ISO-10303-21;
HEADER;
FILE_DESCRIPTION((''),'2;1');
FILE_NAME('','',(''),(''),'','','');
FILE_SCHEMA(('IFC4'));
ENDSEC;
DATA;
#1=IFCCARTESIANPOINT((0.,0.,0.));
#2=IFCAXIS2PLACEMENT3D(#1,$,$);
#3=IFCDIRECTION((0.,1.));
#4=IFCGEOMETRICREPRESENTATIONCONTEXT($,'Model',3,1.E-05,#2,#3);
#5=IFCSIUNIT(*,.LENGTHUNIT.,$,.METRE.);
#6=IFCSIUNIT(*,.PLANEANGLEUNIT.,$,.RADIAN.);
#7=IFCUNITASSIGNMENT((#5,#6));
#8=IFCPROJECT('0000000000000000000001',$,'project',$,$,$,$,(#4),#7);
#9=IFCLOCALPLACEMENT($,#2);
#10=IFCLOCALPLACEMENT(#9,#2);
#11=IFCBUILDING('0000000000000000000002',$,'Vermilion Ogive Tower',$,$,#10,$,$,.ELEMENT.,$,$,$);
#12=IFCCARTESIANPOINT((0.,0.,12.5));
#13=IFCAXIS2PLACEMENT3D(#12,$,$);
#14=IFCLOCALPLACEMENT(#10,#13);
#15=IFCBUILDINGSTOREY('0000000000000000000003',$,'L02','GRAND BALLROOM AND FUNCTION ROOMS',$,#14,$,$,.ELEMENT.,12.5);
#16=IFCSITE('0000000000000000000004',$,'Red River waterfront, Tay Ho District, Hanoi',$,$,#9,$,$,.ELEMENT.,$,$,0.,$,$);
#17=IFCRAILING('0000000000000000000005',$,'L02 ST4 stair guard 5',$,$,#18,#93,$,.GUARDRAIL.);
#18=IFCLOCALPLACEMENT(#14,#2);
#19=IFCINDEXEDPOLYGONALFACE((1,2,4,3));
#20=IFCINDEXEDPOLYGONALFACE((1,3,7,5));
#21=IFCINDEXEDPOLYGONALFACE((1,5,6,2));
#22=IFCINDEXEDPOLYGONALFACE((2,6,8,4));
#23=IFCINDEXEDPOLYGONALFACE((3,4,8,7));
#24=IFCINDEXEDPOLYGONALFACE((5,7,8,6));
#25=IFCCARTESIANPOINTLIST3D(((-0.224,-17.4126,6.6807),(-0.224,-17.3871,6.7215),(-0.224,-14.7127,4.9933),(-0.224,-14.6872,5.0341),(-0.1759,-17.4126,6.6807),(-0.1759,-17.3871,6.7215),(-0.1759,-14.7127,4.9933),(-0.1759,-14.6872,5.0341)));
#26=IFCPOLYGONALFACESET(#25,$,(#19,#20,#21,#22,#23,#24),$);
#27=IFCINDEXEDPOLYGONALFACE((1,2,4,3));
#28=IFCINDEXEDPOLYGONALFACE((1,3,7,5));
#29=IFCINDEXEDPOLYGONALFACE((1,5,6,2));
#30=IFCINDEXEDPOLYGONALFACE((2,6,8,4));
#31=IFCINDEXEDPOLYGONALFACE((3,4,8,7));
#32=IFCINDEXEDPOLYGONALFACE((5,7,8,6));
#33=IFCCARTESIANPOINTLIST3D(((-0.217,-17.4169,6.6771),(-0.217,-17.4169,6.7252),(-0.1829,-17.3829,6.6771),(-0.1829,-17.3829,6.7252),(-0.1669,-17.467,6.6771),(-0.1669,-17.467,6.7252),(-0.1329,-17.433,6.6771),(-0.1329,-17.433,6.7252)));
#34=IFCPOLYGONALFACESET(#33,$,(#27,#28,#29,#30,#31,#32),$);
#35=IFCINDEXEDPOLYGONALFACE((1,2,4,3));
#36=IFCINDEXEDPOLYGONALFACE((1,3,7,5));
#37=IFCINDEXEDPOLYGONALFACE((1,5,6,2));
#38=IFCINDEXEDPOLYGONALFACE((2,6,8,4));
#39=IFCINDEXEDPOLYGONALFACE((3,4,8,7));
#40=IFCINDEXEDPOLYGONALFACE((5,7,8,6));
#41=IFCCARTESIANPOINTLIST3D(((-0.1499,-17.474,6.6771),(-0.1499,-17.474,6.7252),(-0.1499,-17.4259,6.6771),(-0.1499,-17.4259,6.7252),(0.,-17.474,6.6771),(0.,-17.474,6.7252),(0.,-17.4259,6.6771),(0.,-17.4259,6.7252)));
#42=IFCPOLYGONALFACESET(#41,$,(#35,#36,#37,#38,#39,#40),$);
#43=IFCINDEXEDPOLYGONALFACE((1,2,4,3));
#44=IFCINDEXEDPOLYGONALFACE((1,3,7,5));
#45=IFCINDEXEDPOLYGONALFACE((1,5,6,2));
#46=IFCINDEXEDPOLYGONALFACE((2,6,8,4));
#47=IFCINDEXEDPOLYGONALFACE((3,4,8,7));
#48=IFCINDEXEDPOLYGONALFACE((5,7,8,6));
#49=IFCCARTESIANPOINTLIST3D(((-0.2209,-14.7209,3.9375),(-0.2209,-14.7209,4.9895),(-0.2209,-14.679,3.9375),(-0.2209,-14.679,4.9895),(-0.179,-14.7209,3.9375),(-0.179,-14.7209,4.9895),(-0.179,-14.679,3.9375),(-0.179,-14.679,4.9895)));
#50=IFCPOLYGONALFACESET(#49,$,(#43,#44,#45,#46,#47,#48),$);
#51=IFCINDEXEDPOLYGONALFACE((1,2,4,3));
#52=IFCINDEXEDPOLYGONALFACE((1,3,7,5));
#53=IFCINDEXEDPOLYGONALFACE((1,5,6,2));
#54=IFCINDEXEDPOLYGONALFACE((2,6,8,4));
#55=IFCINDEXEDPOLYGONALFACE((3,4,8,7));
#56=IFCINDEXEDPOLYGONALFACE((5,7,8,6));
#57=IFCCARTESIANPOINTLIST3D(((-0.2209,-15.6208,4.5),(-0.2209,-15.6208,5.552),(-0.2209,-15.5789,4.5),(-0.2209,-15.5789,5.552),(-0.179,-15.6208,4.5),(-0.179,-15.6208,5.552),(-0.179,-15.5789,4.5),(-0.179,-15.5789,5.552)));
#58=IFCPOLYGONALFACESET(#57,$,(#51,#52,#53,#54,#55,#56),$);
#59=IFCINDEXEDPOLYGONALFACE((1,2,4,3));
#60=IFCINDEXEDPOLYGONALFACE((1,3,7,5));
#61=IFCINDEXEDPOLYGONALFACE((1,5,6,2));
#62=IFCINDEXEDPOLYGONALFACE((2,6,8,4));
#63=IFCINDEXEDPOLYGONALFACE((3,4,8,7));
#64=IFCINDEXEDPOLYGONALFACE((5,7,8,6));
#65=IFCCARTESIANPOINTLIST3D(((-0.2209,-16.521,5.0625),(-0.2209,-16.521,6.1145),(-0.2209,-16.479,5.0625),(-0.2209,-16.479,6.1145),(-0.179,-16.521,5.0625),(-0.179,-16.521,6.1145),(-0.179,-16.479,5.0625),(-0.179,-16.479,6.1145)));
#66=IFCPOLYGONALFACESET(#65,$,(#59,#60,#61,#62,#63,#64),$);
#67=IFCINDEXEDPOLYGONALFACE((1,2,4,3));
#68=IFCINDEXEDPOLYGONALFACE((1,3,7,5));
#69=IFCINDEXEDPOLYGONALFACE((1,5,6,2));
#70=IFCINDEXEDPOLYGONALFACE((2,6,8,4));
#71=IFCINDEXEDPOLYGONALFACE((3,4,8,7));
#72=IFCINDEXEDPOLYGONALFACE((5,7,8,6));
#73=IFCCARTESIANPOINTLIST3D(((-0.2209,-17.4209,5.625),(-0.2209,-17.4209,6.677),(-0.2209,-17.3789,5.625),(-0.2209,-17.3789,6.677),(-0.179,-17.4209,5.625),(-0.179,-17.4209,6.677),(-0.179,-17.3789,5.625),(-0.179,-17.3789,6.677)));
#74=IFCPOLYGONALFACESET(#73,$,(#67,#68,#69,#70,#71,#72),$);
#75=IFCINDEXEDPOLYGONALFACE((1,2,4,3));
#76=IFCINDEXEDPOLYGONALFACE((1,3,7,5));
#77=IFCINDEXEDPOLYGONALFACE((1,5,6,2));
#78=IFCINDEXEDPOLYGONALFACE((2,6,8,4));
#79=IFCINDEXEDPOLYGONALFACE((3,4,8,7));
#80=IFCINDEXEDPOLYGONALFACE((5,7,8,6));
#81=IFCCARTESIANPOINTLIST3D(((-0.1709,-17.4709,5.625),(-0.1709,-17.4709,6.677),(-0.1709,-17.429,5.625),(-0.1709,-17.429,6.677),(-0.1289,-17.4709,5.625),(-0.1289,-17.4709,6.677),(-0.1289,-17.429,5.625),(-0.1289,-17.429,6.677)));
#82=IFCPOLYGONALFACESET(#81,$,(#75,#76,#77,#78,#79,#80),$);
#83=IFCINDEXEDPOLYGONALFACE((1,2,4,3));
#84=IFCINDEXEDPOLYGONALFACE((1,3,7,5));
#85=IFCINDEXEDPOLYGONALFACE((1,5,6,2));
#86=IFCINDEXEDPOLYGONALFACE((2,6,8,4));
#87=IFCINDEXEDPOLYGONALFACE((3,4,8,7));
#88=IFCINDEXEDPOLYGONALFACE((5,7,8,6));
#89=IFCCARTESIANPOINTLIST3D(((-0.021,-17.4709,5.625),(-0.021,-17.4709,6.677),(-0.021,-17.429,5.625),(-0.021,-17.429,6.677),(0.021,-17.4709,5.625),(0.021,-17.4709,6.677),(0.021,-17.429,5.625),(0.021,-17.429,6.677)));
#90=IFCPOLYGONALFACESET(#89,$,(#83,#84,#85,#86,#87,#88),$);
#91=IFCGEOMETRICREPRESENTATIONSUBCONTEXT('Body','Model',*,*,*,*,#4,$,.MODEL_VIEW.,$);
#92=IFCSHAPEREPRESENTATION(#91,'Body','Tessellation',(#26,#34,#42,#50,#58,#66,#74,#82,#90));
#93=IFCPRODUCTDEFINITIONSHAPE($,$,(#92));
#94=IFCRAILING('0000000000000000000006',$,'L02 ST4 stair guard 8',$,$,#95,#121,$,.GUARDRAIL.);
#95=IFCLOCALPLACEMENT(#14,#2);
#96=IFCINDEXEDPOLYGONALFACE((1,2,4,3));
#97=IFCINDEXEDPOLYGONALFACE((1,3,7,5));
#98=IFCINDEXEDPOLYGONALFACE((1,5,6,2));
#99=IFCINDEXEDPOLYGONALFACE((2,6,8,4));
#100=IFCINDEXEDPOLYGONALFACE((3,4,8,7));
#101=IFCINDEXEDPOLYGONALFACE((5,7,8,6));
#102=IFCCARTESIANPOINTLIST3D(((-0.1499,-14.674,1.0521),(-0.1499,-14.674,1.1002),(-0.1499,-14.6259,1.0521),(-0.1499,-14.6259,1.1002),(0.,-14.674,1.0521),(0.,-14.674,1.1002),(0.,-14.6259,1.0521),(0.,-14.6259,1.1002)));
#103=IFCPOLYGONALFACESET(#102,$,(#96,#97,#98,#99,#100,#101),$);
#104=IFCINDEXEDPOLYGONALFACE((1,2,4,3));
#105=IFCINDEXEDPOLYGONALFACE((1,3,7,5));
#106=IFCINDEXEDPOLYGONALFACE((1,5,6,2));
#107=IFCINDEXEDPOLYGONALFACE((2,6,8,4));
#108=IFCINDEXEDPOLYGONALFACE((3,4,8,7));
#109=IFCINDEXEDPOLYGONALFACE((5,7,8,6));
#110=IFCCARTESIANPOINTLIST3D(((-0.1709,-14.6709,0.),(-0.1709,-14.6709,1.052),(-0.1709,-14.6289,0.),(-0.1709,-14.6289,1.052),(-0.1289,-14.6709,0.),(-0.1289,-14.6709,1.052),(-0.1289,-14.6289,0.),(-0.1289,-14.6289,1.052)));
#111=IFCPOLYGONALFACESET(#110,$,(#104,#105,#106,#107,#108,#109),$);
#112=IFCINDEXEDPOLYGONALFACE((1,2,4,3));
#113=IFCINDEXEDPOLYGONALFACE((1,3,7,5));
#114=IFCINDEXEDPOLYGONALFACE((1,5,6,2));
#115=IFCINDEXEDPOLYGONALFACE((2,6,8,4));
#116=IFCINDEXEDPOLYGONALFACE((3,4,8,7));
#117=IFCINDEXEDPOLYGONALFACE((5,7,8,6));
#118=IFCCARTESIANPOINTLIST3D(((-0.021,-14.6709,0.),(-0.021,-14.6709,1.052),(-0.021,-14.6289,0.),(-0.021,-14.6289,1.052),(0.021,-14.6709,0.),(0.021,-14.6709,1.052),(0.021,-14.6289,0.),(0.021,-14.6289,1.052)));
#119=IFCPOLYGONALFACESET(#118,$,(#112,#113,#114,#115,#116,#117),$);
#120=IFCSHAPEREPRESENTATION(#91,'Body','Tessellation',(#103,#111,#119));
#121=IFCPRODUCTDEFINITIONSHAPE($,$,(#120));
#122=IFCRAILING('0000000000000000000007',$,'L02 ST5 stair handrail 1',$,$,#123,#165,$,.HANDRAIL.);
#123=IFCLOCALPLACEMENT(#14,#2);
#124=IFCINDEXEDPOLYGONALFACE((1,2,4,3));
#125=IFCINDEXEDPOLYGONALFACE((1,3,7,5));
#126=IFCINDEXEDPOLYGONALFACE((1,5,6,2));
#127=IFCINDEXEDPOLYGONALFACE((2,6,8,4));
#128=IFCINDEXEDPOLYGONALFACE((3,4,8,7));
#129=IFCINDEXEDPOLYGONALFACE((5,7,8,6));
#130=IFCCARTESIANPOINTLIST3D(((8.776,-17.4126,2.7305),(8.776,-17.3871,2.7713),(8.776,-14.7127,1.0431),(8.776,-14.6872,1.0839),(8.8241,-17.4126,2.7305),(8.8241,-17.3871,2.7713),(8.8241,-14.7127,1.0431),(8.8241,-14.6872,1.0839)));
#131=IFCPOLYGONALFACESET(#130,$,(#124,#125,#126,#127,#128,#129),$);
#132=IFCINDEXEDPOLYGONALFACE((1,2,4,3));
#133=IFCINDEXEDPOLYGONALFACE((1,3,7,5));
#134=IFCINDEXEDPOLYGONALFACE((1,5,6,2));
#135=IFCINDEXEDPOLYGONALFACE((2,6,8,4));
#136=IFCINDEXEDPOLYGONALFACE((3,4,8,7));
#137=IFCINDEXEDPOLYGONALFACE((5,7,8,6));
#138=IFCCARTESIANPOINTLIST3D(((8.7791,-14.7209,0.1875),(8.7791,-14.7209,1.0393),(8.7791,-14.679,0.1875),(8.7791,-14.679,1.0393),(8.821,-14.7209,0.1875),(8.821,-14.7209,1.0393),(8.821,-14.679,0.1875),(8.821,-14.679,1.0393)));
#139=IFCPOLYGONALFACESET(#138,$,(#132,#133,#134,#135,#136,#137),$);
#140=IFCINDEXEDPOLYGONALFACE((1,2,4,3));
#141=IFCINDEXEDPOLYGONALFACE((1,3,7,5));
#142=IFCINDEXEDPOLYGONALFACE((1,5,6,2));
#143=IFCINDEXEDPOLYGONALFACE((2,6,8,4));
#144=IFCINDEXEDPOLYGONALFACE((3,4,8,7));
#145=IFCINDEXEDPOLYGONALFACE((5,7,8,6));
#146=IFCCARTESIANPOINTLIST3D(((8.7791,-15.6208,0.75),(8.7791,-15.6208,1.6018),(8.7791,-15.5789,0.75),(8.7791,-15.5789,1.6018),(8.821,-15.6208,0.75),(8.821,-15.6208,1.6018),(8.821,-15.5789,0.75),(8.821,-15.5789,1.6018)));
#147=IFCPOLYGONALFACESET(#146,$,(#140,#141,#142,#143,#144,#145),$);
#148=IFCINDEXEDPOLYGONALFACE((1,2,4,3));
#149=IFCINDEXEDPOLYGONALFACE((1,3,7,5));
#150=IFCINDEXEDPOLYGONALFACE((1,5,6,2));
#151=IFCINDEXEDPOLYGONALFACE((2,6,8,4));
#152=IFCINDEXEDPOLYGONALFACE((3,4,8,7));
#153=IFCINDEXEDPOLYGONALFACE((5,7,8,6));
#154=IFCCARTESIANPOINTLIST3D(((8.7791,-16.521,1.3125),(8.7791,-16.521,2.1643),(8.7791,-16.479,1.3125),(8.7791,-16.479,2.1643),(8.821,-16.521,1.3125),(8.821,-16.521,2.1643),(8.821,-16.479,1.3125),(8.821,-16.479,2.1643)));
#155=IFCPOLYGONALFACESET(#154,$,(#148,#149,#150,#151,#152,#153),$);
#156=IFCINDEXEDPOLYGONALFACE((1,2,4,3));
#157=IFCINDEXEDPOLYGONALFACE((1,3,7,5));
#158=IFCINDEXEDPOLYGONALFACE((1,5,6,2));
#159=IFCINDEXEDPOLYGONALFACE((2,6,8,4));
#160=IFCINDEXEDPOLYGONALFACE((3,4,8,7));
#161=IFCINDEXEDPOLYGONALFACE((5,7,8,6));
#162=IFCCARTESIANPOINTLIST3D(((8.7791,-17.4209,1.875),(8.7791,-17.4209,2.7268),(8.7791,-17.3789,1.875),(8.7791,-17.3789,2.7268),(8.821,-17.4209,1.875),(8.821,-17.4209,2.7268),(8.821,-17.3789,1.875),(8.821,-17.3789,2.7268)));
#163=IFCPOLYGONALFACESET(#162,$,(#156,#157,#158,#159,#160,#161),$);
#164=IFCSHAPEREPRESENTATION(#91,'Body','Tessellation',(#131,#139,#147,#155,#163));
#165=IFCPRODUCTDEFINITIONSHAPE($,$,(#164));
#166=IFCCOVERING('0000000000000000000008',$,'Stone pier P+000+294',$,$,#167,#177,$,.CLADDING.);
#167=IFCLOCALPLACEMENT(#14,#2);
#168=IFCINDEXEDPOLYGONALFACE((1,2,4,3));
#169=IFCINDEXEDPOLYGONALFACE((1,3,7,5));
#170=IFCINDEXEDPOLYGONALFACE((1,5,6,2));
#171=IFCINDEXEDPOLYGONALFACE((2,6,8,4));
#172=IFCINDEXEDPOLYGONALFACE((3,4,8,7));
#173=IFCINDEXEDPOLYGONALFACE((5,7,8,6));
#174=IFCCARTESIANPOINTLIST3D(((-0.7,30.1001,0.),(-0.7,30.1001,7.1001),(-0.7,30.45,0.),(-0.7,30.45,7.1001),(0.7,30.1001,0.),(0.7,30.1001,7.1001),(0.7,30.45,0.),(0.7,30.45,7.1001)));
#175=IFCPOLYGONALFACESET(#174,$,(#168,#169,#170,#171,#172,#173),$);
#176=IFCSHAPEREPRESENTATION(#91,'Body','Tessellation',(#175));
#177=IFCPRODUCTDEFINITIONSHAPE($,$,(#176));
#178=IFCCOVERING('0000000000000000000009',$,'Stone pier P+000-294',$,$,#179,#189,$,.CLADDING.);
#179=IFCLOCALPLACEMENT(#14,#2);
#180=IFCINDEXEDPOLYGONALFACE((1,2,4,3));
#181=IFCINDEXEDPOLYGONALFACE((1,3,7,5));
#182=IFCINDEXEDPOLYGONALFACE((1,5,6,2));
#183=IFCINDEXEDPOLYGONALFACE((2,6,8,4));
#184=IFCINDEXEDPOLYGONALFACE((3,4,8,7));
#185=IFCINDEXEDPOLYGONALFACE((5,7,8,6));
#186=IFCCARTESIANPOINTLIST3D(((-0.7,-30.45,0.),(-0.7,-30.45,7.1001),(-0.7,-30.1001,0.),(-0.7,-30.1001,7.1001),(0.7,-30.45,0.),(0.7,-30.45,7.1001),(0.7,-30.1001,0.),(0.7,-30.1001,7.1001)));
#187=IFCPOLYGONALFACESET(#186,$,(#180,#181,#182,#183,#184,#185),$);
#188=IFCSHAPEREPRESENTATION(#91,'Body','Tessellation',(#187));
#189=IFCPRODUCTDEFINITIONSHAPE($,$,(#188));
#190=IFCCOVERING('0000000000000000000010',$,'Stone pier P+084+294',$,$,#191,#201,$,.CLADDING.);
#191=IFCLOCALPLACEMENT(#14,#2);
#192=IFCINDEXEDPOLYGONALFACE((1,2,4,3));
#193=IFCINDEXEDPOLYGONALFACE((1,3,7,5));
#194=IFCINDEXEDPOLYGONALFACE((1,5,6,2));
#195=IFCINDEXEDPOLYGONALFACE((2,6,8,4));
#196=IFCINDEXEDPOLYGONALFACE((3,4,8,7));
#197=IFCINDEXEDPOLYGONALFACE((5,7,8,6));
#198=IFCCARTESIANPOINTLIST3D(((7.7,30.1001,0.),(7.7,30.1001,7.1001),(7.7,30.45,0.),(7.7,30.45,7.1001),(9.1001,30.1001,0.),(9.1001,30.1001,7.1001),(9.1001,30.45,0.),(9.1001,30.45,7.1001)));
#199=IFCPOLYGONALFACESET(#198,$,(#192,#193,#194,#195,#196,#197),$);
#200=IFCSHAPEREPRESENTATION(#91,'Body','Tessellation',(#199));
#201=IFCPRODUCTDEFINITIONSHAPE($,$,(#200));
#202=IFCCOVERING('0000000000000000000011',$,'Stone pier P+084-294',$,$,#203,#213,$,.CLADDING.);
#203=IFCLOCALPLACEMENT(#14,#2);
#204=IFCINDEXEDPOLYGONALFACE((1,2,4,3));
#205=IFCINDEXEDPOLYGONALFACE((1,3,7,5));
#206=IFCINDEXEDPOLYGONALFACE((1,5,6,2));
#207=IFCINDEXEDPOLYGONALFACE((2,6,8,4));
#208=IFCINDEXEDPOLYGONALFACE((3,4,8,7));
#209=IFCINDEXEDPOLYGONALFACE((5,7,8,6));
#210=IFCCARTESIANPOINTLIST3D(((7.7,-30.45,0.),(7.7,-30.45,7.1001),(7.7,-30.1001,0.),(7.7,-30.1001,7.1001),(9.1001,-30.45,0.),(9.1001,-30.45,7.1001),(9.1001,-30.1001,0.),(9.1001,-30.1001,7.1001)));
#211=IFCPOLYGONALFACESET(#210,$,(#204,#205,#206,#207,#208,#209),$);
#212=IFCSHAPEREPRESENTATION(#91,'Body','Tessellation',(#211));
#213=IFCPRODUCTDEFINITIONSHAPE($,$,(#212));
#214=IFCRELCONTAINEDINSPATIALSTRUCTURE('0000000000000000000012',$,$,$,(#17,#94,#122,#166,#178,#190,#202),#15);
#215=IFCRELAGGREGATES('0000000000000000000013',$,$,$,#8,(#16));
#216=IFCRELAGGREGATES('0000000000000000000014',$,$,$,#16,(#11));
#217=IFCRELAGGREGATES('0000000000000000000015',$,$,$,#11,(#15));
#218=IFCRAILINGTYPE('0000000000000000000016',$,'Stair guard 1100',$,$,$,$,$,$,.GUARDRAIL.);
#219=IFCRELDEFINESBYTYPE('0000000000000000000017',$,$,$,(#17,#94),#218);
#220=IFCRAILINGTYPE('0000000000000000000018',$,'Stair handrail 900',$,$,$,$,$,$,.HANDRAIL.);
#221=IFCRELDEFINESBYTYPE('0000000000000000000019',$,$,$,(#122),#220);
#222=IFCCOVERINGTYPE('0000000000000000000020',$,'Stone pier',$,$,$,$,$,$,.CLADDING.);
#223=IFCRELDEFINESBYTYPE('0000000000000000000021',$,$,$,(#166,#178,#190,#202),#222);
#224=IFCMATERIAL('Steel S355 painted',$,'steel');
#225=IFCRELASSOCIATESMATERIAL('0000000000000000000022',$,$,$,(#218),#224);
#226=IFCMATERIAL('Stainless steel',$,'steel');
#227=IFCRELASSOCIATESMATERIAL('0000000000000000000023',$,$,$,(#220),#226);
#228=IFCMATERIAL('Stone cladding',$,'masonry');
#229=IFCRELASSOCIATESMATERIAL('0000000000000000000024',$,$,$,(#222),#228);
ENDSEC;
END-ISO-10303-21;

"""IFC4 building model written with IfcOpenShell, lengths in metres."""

from ifc_helpers import new_model, si_unit, direction, frame, origin, origin_2d, place, context, subcontext, project, spatial, polyline, rectangle, outline, extrude, material, type_object, element, save


model = new_model("IFC4")

# Units and contexts
model_context = context("Model", 3, precision=1e-05, world=origin(), true_north=direction((0.0, 1.0)))
body_context = subcontext(model_context, "Body", "Model", "MODEL_VIEW")
ifc_project = project(units=[si_unit("LENGTHUNIT", "METRE"), si_unit("PLANEANGLEUNIT", "RADIAN")], contexts=[model_context])

# Site, building, storey
site_placement = place(None, origin())
site = spatial("IfcSite", under=ifc_project, at=site_placement, Name="Red River waterfront, Tay Ho District, Hanoi", CompositionType="ELEMENT", RefElevation=0.0)
building_placement = place(site_placement, origin())
building = spatial("IfcBuilding", under=site, at=building_placement, Name="Vermilion Ogive Tower", CompositionType="ELEMENT")
storey_placement = place(building_placement, frame((0.0, 0.0, 12.5)))
storey = spatial("IfcBuildingStorey", under=building, at=storey_placement, Name="L02", Description="GRAND BALLROOM AND FUNCTION ROOMS", CompositionType="ELEMENT", Elevation=12.5)

# Railings
ifc_material_1 = material(Name="Steel S355 painted", Category="steel")
railing_type_1 = type_object("IfcRailingType", Name="Stair guard 1100", PredefinedType="GUARDRAIL", material=ifc_material_1)
for number, where, name in (
    (1, (-0.2, -14.7, 3.9375), "L02 ST4 stair guard 5"),
):
    element("IfcRailing", number, at=place(storey_placement, frame(where)), inside=storey, type_object=railing_type_1, Name=name, PredefinedType="GUARDRAIL", context=body_context, shape_type="SweptSolid", body=[
        extrude(rectangle(XDim=0.0481, YDim=0.0481, at=origin_2d()), frame((0.0, 0.0, 1.0762), z_axis=(0.0, -0.847994, 0.530006), x_axis=(1.0, 0.0, 0.0)), (0.0, 0.0, 1.0), 3.1838),
        extrude(rectangle(XDim=0.0481, YDim=0.0481, at=origin_2d()), frame((0.0, -2.7, 2.7637), z_axis=(0.707107, -0.707107, 0.0), x_axis=(0.707107, 0.707107, 0.0)), (0.0, 0.0, 1.0), 0.0708),
        extrude(rectangle(XDim=0.0481, YDim=0.0481, at=origin_2d()), frame((0.05, -2.75, 2.7637), z_axis=(1.0, 0.0, 0.0), x_axis=(0.0, 1.0, 0.0)), (0.0, 0.0, 1.0), 0.1499),
        extrude(rectangle(XDim=0.042, YDim=0.042, at=origin_2d()), origin(), (0.0, 0.0, 1.0), 1.052),
        extrude(rectangle(XDim=0.042, YDim=0.042, at=origin_2d()), frame((0.0, -0.8999, 0.5625)), (0.0, 0.0, 1.0), 1.052),
        extrude(rectangle(XDim=0.042, YDim=0.042, at=origin_2d()), frame((0.0, -1.8, 1.125)), (0.0, 0.0, 1.0), 1.052),
        extrude(rectangle(XDim=0.042, YDim=0.042, at=origin_2d()), frame((0.0, -2.7, 1.6875)), (0.0, 0.0, 1.0), 1.052),
        extrude(rectangle(XDim=0.042, YDim=0.042, at=origin_2d()), frame((0.05, -2.75, 1.6875)), (0.0, 0.0, 1.0), 1.052),
        extrude(rectangle(XDim=0.042, YDim=0.042, at=origin_2d()), frame((0.2, -2.75, 1.6875)), (0.0, 0.0, 1.0), 1.052),
    ])
railing_1_placement = place(storey_placement, frame((-0.1499, -14.6499, 0.0)))
element("IfcRailing", 2, at=railing_1_placement, inside=storey, type_object=railing_type_1, Name="L02 ST4 stair guard 8", PredefinedType="GUARDRAIL", context=body_context, shape_type="SweptSolid", body=[
    extrude(rectangle(XDim=0.0481, YDim=0.0481, at=origin_2d()), frame((0.0, 0.0, 1.0762), z_axis=(1.0, 0.0, 0.0), x_axis=(0.0, 1.0, 0.0)), (0.0, 0.0, 1.0), 0.1499),
    extrude(rectangle(XDim=0.042, YDim=0.042, at=origin_2d()), origin(), (0.0, 0.0, 1.0), 1.052),
    extrude(rectangle(XDim=0.042, YDim=0.042, at=origin_2d()), frame((0.1499, 0.0, 0.0)), (0.0, 0.0, 1.0), 1.052),
])
ifc_material_2 = material(Name="Stainless steel", Category="steel")
railing_type_2 = type_object("IfcRailingType", Name="Stair handrail 900", PredefinedType="HANDRAIL", material=ifc_material_2)
railing_2_placement = place(storey_placement, frame((8.8, -14.7, 0.1875)))
element("IfcRailing", 3, at=railing_2_placement, inside=storey, type_object=railing_type_2, Name="L02 ST5 stair handrail 1", PredefinedType="HANDRAIL", context=body_context, shape_type="SweptSolid", body=[
    extrude(rectangle(XDim=0.0481, YDim=0.0481, at=origin_2d()), frame((0.0, 0.0, 0.876), z_axis=(0.0, -0.847994, 0.530006), x_axis=(1.0, 0.0, 0.0)), (0.0, 0.0, 1.0), 3.1838),
    extrude(rectangle(XDim=0.042, YDim=0.042, at=origin_2d()), origin(), (0.0, 0.0, 1.0), 0.8518),
    extrude(rectangle(XDim=0.042, YDim=0.042, at=origin_2d()), frame((0.0, -0.8999, 0.5625)), (0.0, 0.0, 1.0), 0.8518),
    extrude(rectangle(XDim=0.042, YDim=0.042, at=origin_2d()), frame((0.0, -1.8, 1.125)), (0.0, 0.0, 1.0), 0.8518),
    extrude(rectangle(XDim=0.042, YDim=0.042, at=origin_2d()), frame((0.0, -2.7, 1.6875)), (0.0, 0.0, 1.0), 0.8518),
])

# Coverings
ifc_material_3 = material(Name="Stone cladding", Category="masonry")
covering_type = type_object("IfcCoveringType", Name="Stone pier", PredefinedType="CLADDING", material=ifc_material_3)
covering_1_placement = place(storey_placement, origin())
element("IfcCovering", 4, at=covering_1_placement, inside=storey, type_object=covering_type, Name="Stone pier P+000+294", PredefinedType="CLADDING", context=body_context, shape_type="SweptSolid", body=[
    extrude(outline(polyline([(-0.7, 30.1001), (-0.7, 30.1001), (-0.7, 30.45), (0.7, 30.45), (0.7, 30.1001), (0.7, 30.1001), (-0.7, 30.1001)])), origin(), (0.0, 0.0, 1.0), 7.1001),
])
covering_2_placement = place(storey_placement, origin())
element("IfcCovering", 5, at=covering_2_placement, inside=storey, type_object=covering_type, Name="Stone pier P+000-294", PredefinedType="CLADDING", context=body_context, shape_type="SweptSolid", body=[
    extrude(outline(polyline([(0.7, -30.45), (-0.7, -30.45), (-0.7, -30.1001), (0.7, -30.1001), (0.7, -30.45)])), origin(), (0.0, 0.0, 1.0), 7.1001),
])
covering_3_placement = place(storey_placement, origin())
element("IfcCovering", 6, at=covering_3_placement, inside=storey, type_object=covering_type, Name="Stone pier P+084+294", PredefinedType="CLADDING", context=body_context, shape_type="SweptSolid", body=[
    extrude(outline(polyline([(7.7, 30.1001), (7.7, 30.1001), (7.7, 30.45), (9.1001, 30.45), (9.1001, 30.1001), (9.1001, 30.1001), (7.7, 30.1001)])), origin(), (0.0, 0.0, 1.0), 7.1001),
])
covering_4_placement = place(storey_placement, origin())
element("IfcCovering", 7, at=covering_4_placement, inside=storey, type_object=covering_type, Name="Stone pier P+084-294", PredefinedType="CLADDING", context=body_context, shape_type="SweptSolid", body=[
    extrude(outline(polyline([(9.1001, -30.1001), (9.1001, -30.1001), (9.1001, -30.45), (7.7, -30.45), (7.7, -30.1001), (7.7, -30.1001), (9.1001, -30.1001)])), origin(), (0.0, 0.0, 1.0), 7.1001),
])

save(model, "model.ifc")
